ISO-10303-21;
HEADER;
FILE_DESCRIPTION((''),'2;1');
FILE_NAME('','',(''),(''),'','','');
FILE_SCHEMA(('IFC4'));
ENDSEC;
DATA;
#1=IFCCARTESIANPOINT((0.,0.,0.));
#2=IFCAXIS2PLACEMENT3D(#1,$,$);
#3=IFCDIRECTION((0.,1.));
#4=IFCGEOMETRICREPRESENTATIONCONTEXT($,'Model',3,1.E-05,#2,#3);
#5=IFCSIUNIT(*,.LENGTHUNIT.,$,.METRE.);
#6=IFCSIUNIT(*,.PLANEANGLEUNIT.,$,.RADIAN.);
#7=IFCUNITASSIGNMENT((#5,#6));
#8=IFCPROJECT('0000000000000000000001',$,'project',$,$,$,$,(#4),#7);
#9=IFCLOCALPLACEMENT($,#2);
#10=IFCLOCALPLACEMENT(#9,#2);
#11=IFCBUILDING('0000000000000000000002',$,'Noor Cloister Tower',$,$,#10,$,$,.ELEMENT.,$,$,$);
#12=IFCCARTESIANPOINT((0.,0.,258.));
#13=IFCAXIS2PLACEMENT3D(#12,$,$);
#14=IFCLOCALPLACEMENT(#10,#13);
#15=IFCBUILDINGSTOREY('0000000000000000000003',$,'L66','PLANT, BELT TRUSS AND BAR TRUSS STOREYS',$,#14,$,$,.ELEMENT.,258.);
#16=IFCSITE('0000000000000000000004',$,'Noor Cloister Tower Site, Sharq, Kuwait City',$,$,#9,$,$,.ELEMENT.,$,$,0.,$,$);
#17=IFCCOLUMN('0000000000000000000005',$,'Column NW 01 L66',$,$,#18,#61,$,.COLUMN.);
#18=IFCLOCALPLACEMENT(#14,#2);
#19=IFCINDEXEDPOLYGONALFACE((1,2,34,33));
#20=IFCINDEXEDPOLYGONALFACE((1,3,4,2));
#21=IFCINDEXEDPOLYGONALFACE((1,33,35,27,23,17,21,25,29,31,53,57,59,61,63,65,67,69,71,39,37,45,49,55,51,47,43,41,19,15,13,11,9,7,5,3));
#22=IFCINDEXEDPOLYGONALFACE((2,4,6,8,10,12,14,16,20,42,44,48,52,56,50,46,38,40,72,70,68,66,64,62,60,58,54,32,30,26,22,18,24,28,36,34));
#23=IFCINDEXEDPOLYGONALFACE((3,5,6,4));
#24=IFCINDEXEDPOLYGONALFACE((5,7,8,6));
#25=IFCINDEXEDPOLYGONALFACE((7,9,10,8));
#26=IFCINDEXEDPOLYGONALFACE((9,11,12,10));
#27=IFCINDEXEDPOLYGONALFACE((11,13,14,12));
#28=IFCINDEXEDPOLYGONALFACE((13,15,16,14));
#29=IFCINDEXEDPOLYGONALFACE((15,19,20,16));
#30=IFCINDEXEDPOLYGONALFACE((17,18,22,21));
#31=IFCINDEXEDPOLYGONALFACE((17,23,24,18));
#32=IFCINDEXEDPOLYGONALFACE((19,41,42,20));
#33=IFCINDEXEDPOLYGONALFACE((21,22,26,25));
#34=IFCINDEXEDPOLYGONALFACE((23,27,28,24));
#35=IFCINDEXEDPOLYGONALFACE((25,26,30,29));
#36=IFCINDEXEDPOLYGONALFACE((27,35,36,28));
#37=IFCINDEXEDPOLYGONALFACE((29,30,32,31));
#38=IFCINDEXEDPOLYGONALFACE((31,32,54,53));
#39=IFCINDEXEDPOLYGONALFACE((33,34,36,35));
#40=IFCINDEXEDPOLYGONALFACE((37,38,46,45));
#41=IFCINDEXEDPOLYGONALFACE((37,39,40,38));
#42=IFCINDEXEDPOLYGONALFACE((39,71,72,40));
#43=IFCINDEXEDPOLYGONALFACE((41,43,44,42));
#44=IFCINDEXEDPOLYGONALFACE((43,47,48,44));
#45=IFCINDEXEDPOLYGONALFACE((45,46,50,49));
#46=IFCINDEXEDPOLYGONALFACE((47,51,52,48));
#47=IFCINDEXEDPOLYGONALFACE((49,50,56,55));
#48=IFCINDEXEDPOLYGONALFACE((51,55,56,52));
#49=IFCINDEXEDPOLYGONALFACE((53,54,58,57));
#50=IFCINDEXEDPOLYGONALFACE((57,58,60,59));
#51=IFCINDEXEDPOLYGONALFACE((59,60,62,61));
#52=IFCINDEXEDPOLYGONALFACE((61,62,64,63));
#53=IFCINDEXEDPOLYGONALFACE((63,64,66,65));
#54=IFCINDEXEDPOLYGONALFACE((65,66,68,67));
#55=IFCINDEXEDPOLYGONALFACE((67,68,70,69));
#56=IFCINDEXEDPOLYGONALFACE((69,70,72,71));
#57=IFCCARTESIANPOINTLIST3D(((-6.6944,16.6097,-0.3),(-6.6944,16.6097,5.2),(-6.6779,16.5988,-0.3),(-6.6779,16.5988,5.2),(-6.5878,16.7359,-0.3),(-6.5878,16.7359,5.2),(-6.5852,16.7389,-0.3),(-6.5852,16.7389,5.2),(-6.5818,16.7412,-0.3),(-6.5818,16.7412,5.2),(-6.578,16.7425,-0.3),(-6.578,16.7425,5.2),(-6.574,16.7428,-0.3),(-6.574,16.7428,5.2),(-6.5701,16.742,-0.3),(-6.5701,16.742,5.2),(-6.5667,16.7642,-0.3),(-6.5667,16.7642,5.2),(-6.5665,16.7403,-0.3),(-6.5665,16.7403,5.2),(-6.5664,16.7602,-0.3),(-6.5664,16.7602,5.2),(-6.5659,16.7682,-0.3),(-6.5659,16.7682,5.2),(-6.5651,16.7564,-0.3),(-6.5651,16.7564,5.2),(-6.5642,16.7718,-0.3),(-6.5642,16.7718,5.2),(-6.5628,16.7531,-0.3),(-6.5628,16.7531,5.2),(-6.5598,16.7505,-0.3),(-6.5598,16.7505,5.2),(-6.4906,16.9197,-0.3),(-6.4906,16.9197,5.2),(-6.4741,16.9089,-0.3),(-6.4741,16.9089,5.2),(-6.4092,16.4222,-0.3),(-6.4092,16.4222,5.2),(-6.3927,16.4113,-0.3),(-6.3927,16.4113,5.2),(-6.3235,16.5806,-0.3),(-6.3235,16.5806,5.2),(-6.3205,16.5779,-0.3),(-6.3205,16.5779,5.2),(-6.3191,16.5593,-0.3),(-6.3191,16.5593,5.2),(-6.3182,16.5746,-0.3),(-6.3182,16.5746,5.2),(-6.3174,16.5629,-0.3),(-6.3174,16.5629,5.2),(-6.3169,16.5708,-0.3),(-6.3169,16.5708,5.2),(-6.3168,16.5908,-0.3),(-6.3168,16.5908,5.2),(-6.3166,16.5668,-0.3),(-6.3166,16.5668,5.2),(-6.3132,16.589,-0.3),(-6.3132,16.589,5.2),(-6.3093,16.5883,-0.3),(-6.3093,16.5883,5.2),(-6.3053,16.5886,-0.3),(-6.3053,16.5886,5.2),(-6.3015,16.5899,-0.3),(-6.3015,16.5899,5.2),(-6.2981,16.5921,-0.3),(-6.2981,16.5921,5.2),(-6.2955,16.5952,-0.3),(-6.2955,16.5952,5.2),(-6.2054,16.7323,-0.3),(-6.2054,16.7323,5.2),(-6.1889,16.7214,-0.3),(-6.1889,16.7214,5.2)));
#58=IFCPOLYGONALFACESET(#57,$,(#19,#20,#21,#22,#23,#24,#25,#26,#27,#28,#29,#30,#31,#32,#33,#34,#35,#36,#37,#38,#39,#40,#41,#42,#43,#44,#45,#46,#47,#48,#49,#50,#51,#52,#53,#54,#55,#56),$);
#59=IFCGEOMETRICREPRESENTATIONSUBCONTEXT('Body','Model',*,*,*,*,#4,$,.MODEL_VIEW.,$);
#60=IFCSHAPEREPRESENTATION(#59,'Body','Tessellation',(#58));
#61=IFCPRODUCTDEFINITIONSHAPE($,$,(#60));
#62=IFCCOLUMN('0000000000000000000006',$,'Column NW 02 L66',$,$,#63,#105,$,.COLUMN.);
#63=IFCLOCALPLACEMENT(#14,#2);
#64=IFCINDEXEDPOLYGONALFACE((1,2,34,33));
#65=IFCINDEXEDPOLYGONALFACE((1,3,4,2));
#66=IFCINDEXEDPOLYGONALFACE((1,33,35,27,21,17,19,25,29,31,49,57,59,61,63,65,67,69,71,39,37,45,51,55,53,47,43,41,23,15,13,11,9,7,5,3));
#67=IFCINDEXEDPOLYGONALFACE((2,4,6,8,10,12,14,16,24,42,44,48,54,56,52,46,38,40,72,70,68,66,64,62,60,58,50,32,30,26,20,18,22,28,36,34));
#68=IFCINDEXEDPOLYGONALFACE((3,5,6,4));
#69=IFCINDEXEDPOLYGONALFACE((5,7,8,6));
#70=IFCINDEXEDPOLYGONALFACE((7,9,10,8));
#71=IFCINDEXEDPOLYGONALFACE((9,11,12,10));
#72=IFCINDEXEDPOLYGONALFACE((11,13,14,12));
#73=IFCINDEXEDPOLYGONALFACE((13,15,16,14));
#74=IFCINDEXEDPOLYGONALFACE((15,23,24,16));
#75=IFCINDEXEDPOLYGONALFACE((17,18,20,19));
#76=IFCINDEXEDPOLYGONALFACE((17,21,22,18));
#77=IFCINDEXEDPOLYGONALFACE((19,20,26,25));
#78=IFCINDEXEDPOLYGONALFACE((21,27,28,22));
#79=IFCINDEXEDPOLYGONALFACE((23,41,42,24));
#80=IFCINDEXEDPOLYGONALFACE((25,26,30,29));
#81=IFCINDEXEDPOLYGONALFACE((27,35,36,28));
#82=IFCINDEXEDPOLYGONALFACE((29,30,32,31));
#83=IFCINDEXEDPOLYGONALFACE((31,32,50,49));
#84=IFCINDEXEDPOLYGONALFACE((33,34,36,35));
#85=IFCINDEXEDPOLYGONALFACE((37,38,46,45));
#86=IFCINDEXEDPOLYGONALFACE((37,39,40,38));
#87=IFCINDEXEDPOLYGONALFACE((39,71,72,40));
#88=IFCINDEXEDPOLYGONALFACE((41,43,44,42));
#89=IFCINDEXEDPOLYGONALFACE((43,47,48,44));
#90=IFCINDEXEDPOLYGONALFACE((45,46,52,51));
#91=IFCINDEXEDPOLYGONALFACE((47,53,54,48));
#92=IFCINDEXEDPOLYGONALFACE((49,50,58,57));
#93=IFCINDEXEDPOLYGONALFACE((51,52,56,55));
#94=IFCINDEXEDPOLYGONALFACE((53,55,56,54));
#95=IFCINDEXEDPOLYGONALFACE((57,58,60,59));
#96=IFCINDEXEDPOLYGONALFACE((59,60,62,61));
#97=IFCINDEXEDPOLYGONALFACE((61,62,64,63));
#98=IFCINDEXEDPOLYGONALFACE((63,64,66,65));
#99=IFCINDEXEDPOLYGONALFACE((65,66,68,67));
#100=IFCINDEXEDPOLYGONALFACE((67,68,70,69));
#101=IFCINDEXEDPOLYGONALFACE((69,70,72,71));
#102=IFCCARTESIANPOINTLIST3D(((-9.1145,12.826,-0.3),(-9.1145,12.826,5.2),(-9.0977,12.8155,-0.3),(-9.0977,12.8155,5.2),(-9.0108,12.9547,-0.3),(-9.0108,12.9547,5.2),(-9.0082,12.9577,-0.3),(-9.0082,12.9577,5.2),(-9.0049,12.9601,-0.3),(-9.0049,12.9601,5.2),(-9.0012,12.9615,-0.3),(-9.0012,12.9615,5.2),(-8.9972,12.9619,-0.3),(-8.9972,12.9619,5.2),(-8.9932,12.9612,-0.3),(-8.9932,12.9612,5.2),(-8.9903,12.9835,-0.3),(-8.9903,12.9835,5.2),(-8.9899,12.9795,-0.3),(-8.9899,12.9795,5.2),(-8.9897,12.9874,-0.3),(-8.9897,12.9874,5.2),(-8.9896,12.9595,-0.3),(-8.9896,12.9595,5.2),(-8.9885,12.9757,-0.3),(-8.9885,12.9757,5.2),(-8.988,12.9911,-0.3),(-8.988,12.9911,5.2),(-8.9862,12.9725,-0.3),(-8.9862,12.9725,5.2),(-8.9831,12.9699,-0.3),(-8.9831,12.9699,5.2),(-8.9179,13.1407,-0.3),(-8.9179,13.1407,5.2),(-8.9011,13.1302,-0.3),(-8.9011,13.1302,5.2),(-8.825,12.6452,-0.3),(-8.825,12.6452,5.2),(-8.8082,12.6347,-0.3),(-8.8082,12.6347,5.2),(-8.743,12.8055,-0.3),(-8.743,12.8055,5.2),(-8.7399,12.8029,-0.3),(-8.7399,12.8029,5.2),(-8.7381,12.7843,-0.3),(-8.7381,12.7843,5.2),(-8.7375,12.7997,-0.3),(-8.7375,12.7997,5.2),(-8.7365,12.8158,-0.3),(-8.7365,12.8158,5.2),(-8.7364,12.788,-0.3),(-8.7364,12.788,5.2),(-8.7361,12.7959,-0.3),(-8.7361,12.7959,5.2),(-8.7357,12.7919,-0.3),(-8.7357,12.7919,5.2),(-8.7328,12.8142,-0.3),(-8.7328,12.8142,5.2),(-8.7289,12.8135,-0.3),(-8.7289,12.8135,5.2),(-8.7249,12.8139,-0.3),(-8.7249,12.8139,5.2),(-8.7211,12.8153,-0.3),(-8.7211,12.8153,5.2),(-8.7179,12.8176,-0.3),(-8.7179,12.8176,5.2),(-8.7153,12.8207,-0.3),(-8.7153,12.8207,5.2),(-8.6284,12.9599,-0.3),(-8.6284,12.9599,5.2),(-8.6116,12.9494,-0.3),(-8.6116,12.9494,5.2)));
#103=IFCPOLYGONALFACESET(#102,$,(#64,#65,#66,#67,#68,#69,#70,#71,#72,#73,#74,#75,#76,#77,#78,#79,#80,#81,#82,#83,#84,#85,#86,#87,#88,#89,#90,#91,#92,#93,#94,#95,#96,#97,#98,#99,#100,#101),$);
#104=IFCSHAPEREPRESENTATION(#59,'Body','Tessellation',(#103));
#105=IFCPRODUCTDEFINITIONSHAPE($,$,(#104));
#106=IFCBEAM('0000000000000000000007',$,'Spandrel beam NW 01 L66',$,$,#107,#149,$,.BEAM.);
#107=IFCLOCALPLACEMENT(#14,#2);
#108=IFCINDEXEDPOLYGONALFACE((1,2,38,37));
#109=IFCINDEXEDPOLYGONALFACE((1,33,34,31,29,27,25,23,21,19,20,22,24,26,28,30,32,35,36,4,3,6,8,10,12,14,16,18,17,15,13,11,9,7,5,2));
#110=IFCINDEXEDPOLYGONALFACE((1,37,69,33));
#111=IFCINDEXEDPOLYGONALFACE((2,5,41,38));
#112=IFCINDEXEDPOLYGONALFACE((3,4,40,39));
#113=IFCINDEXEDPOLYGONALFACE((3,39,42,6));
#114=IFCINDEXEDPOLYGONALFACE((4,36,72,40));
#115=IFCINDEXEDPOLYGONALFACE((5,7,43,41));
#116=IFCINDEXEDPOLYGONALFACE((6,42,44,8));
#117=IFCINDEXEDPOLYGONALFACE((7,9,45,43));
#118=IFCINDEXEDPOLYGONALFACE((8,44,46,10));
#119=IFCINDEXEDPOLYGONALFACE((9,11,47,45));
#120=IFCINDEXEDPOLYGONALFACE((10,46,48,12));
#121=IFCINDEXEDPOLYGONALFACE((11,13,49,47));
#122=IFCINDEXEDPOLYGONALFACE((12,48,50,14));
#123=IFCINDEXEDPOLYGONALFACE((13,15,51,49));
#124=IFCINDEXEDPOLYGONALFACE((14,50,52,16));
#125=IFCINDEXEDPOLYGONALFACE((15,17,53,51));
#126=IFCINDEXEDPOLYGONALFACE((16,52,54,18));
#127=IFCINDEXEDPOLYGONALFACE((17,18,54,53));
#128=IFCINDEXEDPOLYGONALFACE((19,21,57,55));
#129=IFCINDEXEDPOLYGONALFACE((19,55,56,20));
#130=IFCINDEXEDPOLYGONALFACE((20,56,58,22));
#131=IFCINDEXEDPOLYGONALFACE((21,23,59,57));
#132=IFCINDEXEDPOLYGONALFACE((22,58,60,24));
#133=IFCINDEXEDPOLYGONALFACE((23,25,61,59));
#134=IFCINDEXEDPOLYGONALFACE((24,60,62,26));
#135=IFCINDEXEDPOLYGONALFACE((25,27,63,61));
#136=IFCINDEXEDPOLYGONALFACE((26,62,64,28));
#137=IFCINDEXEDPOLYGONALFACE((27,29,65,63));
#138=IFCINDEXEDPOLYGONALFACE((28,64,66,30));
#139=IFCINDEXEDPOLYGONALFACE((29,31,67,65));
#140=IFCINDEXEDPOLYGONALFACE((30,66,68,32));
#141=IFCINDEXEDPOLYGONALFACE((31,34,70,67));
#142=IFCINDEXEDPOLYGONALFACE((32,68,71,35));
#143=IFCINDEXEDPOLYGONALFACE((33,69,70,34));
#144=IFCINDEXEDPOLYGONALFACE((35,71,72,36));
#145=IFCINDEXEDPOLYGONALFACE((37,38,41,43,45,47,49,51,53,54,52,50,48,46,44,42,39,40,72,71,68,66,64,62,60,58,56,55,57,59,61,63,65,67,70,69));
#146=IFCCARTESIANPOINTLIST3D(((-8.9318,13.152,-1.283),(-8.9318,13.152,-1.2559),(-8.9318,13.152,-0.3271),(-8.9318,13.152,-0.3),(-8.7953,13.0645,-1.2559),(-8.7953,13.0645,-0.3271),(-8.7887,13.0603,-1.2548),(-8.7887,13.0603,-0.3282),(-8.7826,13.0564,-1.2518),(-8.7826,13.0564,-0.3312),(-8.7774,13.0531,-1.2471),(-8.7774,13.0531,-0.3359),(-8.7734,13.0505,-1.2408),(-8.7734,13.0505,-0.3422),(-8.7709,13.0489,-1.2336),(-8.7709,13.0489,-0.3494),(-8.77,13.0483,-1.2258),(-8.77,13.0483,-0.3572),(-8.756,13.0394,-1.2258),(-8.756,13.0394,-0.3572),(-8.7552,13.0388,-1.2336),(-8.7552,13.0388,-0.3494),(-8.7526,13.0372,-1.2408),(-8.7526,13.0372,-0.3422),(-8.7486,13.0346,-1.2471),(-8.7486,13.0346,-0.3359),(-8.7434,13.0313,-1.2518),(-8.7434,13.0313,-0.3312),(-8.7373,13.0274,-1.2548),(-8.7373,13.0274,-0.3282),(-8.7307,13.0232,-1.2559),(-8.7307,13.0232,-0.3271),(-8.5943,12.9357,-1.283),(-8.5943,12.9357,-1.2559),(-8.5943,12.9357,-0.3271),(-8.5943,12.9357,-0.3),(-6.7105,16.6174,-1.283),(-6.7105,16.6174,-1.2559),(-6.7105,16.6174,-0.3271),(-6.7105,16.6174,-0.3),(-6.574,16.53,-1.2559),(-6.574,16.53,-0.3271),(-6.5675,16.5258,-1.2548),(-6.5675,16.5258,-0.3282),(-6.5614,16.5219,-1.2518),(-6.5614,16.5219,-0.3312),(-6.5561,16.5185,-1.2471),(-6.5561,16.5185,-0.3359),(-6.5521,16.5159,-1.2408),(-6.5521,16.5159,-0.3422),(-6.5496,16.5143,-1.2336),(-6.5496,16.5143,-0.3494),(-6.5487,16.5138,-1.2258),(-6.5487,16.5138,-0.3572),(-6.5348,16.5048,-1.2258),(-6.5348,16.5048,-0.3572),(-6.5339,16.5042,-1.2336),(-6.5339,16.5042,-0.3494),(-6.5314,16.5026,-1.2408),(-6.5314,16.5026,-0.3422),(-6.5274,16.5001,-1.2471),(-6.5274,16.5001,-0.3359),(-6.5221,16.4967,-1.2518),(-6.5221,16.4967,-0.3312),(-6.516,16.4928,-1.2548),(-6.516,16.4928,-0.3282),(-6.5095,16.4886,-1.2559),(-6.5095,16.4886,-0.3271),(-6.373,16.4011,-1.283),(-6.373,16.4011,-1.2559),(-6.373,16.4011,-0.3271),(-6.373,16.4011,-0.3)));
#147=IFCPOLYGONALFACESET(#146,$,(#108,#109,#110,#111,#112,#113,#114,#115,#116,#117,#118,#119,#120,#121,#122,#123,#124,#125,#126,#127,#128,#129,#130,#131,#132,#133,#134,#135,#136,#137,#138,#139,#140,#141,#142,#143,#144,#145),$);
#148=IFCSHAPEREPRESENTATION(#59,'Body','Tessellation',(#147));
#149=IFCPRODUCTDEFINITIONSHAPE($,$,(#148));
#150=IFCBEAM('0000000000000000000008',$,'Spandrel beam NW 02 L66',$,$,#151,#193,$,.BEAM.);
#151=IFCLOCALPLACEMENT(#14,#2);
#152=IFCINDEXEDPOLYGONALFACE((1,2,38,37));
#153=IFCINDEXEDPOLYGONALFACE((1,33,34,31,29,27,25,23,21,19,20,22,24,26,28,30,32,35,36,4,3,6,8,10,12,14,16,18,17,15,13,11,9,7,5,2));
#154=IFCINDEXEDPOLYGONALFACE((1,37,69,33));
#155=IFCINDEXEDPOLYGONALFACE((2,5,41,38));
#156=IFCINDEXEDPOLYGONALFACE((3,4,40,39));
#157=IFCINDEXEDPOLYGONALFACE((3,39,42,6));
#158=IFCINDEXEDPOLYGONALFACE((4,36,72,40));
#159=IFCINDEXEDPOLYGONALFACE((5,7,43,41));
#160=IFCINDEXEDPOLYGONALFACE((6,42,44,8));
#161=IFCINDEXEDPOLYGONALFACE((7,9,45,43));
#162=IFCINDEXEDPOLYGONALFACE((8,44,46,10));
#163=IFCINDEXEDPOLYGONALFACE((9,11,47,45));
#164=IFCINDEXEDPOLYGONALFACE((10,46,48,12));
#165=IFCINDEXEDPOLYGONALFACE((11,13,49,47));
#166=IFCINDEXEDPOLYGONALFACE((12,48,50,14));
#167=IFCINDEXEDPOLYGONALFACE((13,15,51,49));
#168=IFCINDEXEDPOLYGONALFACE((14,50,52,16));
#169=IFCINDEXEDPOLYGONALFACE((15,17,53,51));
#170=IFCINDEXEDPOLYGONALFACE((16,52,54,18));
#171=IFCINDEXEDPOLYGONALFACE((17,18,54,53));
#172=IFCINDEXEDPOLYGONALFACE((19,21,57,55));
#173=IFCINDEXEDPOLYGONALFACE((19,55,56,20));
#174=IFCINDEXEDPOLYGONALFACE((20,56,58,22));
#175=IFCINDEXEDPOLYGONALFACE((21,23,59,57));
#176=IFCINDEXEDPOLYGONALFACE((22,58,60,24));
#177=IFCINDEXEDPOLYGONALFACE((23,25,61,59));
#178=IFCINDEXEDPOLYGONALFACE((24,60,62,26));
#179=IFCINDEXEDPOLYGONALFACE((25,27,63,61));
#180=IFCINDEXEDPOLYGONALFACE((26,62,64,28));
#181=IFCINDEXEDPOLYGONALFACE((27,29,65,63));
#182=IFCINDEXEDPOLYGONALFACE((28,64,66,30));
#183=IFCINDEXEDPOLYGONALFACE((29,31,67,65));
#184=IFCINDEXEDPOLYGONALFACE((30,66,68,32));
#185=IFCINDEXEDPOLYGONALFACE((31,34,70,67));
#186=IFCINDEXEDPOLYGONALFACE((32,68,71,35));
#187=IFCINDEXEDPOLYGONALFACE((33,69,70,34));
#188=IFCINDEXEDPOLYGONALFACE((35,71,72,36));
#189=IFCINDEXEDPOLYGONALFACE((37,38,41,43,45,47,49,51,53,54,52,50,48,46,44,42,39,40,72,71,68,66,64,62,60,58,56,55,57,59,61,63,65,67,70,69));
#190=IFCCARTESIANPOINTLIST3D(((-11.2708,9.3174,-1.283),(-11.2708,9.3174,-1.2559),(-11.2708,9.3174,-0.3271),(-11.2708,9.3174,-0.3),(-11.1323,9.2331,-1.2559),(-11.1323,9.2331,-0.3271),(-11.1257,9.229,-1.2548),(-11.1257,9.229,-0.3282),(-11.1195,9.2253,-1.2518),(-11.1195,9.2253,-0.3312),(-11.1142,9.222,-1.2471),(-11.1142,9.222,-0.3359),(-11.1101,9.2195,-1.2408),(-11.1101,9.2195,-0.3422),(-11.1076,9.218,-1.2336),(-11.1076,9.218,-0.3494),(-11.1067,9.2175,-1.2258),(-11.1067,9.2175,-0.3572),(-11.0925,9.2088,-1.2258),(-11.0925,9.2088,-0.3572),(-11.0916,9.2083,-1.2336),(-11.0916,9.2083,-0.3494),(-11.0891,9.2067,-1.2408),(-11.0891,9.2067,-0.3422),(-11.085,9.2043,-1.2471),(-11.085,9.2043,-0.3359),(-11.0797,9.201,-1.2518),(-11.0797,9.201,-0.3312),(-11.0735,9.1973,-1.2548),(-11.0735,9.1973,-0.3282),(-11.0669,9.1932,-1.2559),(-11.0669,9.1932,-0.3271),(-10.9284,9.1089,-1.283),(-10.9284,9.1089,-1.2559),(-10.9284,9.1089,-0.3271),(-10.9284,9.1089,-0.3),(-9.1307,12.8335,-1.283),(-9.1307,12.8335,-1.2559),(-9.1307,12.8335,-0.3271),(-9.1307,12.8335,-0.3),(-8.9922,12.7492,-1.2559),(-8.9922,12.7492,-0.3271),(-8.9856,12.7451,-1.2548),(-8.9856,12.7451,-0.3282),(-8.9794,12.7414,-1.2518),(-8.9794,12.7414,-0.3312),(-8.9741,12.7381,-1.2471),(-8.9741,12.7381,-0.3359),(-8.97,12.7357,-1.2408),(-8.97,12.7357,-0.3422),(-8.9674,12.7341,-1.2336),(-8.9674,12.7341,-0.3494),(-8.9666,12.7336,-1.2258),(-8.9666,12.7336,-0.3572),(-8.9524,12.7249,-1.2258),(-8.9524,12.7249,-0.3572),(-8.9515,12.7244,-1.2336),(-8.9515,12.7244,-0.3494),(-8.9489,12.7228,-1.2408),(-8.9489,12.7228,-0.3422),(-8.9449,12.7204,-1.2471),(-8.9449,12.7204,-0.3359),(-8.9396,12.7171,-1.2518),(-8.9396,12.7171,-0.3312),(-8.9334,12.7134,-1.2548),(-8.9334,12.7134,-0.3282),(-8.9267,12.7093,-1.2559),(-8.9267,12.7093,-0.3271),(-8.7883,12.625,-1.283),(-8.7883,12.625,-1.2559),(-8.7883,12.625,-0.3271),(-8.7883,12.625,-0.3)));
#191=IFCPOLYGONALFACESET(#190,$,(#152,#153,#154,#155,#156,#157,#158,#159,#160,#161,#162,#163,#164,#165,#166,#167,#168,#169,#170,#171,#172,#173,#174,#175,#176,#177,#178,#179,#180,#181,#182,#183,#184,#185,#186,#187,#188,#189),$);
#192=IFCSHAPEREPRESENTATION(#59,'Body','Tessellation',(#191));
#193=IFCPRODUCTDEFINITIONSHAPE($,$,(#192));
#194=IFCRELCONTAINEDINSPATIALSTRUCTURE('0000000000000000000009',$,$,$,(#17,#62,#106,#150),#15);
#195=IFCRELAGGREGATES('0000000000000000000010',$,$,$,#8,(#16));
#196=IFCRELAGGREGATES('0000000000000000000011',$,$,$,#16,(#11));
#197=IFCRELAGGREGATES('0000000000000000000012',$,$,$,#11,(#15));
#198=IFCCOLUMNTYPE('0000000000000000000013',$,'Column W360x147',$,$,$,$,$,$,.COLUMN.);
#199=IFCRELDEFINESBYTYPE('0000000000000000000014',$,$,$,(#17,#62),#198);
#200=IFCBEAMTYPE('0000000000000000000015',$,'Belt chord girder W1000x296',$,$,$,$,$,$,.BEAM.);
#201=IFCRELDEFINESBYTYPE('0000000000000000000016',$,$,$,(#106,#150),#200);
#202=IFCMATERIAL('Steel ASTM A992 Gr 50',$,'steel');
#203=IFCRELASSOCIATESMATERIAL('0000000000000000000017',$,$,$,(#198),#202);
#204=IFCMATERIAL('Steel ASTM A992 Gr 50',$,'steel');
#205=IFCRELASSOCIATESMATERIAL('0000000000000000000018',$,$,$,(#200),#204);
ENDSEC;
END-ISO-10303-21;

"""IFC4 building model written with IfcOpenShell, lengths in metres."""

from ifc_helpers import new_model, si_unit, direction, frame, origin, origin_2d, place, context, subcontext, project, spatial, i_section, extrude, material, material_profile, profile_set, type_object, element, save


model = new_model("IFC4")

# Units and contexts
model_context = context("Model", 3, precision=1e-05, world=origin(), true_north=direction((0.0, 1.0)))
body_context = subcontext(model_context, "Body", "Model", "MODEL_VIEW")
ifc_project = project(units=[si_unit("LENGTHUNIT", "METRE"), si_unit("PLANEANGLEUNIT", "RADIAN")], contexts=[model_context])

# Site, building, storey
site_placement = place(None, origin())
site = spatial("IfcSite", under=ifc_project, at=site_placement, Name="Noor Cloister Tower Site, Sharq, Kuwait City", CompositionType="ELEMENT", RefElevation=0.0)
building_placement = place(site_placement, origin())
building = spatial("IfcBuilding", under=site, at=building_placement, Name="Noor Cloister Tower", CompositionType="ELEMENT")
storey_placement = place(building_placement, frame((0.0, 0.0, 258.0)))
storey = spatial("IfcBuildingStorey", under=building, at=storey_placement, Name="L66", Description="PLANT, BELT TRUSS AND BAR TRUSS STOREYS", CompositionType="ELEMENT", Elevation=258.0)

# Columns
ifc_material_1 = material(Name="Steel ASTM A992 Gr 50", Category="steel")
ifc_material_profile_1 = material_profile(ifc_material_1, i_section(OverallWidth=0.3711, OverallDepth=0.3611, WebThickness=0.0122, FlangeThickness=0.0198, FilletRadius=0.0154, at=origin_2d()), Name="W360x147")
ifc_profile_set_1 = profile_set([ifc_material_profile_1], Name="Steel ASTM A992 Gr 50")
column_type = type_object("IfcColumnType", Name="Column W360x147", PredefinedType="COLUMN", material=ifc_profile_set_1)
for number, where, z_axis, x_axis, name in (
    (1, (-6.4417, 16.6655, -0.3), (0.0, 0.0, 1.0), (-0.549345, -0.835596, 0.0), "Column NW 01 L66"),
    (2, (-8.863, 12.8877, -0.3), (0.0, 0.0, 1.0), (-0.529819, -0.848111, 0.0), "Column NW 02 L66"),
):
    element("IfcColumn", number, at=place(storey_placement, frame(where, z_axis=z_axis, x_axis=x_axis)), inside=storey, type_object=column_type, Name=name, PredefinedType="COLUMN", context=body_context, shape_type="SweptSolid", body=[
        extrude(i_section(OverallWidth=0.3711, OverallDepth=0.3611, WebThickness=0.0122, FlangeThickness=0.0198, FilletRadius=0.0154, at=origin_2d()), origin(), (0.0, 0.0, 1.0), 5.5),
    ])

# Beams
ifc_material_2 = material(Name="Steel ASTM A992 Gr 50", Category="steel")
ifc_material_profile_2 = material_profile(ifc_material_2, i_section(OverallWidth=0.4009, OverallDepth=0.9829, WebThickness=0.0166, FlangeThickness=0.0271, FilletRadius=0.03, at=origin_2d()), Name="W1000x296")
ifc_profile_set_2 = profile_set([ifc_material_profile_2], Name="Steel ASTM A992 Gr 50")
beam_type = type_object("IfcBeamType", Name="Belt chord girder W1000x296", PredefinedType="BEAM", material=ifc_profile_set_2)
for number, where, z_axis, x_axis, name in (
    (3, (-6.5417, 16.5093, -0.7915), (-0.539636, -0.841898, 0.0), (0.841898, -0.539636, 0.0), "Spandrel beam NW 01 L66"),
    (4, (-8.9595, 12.7292, -0.7915), (-0.519928, -0.85421, 0.0), (0.85421, -0.519928, 0.0), "Spandrel beam NW 02 L66"),
):
    element("IfcBeam", number, at=place(storey_placement, frame(where, z_axis=z_axis, x_axis=x_axis)), inside=storey, type_object=beam_type, Name=name, PredefinedType="BEAM", context=body_context, shape_type="SweptSolid", body=[
        extrude(i_section(OverallWidth=0.4009, OverallDepth=0.9829, WebThickness=0.0166, FlangeThickness=0.0271, FilletRadius=0.03, at=origin_2d()), origin(), (0.0, 0.0, 1.0), 4.1162),
    ])

save(model, "model.ifc")
